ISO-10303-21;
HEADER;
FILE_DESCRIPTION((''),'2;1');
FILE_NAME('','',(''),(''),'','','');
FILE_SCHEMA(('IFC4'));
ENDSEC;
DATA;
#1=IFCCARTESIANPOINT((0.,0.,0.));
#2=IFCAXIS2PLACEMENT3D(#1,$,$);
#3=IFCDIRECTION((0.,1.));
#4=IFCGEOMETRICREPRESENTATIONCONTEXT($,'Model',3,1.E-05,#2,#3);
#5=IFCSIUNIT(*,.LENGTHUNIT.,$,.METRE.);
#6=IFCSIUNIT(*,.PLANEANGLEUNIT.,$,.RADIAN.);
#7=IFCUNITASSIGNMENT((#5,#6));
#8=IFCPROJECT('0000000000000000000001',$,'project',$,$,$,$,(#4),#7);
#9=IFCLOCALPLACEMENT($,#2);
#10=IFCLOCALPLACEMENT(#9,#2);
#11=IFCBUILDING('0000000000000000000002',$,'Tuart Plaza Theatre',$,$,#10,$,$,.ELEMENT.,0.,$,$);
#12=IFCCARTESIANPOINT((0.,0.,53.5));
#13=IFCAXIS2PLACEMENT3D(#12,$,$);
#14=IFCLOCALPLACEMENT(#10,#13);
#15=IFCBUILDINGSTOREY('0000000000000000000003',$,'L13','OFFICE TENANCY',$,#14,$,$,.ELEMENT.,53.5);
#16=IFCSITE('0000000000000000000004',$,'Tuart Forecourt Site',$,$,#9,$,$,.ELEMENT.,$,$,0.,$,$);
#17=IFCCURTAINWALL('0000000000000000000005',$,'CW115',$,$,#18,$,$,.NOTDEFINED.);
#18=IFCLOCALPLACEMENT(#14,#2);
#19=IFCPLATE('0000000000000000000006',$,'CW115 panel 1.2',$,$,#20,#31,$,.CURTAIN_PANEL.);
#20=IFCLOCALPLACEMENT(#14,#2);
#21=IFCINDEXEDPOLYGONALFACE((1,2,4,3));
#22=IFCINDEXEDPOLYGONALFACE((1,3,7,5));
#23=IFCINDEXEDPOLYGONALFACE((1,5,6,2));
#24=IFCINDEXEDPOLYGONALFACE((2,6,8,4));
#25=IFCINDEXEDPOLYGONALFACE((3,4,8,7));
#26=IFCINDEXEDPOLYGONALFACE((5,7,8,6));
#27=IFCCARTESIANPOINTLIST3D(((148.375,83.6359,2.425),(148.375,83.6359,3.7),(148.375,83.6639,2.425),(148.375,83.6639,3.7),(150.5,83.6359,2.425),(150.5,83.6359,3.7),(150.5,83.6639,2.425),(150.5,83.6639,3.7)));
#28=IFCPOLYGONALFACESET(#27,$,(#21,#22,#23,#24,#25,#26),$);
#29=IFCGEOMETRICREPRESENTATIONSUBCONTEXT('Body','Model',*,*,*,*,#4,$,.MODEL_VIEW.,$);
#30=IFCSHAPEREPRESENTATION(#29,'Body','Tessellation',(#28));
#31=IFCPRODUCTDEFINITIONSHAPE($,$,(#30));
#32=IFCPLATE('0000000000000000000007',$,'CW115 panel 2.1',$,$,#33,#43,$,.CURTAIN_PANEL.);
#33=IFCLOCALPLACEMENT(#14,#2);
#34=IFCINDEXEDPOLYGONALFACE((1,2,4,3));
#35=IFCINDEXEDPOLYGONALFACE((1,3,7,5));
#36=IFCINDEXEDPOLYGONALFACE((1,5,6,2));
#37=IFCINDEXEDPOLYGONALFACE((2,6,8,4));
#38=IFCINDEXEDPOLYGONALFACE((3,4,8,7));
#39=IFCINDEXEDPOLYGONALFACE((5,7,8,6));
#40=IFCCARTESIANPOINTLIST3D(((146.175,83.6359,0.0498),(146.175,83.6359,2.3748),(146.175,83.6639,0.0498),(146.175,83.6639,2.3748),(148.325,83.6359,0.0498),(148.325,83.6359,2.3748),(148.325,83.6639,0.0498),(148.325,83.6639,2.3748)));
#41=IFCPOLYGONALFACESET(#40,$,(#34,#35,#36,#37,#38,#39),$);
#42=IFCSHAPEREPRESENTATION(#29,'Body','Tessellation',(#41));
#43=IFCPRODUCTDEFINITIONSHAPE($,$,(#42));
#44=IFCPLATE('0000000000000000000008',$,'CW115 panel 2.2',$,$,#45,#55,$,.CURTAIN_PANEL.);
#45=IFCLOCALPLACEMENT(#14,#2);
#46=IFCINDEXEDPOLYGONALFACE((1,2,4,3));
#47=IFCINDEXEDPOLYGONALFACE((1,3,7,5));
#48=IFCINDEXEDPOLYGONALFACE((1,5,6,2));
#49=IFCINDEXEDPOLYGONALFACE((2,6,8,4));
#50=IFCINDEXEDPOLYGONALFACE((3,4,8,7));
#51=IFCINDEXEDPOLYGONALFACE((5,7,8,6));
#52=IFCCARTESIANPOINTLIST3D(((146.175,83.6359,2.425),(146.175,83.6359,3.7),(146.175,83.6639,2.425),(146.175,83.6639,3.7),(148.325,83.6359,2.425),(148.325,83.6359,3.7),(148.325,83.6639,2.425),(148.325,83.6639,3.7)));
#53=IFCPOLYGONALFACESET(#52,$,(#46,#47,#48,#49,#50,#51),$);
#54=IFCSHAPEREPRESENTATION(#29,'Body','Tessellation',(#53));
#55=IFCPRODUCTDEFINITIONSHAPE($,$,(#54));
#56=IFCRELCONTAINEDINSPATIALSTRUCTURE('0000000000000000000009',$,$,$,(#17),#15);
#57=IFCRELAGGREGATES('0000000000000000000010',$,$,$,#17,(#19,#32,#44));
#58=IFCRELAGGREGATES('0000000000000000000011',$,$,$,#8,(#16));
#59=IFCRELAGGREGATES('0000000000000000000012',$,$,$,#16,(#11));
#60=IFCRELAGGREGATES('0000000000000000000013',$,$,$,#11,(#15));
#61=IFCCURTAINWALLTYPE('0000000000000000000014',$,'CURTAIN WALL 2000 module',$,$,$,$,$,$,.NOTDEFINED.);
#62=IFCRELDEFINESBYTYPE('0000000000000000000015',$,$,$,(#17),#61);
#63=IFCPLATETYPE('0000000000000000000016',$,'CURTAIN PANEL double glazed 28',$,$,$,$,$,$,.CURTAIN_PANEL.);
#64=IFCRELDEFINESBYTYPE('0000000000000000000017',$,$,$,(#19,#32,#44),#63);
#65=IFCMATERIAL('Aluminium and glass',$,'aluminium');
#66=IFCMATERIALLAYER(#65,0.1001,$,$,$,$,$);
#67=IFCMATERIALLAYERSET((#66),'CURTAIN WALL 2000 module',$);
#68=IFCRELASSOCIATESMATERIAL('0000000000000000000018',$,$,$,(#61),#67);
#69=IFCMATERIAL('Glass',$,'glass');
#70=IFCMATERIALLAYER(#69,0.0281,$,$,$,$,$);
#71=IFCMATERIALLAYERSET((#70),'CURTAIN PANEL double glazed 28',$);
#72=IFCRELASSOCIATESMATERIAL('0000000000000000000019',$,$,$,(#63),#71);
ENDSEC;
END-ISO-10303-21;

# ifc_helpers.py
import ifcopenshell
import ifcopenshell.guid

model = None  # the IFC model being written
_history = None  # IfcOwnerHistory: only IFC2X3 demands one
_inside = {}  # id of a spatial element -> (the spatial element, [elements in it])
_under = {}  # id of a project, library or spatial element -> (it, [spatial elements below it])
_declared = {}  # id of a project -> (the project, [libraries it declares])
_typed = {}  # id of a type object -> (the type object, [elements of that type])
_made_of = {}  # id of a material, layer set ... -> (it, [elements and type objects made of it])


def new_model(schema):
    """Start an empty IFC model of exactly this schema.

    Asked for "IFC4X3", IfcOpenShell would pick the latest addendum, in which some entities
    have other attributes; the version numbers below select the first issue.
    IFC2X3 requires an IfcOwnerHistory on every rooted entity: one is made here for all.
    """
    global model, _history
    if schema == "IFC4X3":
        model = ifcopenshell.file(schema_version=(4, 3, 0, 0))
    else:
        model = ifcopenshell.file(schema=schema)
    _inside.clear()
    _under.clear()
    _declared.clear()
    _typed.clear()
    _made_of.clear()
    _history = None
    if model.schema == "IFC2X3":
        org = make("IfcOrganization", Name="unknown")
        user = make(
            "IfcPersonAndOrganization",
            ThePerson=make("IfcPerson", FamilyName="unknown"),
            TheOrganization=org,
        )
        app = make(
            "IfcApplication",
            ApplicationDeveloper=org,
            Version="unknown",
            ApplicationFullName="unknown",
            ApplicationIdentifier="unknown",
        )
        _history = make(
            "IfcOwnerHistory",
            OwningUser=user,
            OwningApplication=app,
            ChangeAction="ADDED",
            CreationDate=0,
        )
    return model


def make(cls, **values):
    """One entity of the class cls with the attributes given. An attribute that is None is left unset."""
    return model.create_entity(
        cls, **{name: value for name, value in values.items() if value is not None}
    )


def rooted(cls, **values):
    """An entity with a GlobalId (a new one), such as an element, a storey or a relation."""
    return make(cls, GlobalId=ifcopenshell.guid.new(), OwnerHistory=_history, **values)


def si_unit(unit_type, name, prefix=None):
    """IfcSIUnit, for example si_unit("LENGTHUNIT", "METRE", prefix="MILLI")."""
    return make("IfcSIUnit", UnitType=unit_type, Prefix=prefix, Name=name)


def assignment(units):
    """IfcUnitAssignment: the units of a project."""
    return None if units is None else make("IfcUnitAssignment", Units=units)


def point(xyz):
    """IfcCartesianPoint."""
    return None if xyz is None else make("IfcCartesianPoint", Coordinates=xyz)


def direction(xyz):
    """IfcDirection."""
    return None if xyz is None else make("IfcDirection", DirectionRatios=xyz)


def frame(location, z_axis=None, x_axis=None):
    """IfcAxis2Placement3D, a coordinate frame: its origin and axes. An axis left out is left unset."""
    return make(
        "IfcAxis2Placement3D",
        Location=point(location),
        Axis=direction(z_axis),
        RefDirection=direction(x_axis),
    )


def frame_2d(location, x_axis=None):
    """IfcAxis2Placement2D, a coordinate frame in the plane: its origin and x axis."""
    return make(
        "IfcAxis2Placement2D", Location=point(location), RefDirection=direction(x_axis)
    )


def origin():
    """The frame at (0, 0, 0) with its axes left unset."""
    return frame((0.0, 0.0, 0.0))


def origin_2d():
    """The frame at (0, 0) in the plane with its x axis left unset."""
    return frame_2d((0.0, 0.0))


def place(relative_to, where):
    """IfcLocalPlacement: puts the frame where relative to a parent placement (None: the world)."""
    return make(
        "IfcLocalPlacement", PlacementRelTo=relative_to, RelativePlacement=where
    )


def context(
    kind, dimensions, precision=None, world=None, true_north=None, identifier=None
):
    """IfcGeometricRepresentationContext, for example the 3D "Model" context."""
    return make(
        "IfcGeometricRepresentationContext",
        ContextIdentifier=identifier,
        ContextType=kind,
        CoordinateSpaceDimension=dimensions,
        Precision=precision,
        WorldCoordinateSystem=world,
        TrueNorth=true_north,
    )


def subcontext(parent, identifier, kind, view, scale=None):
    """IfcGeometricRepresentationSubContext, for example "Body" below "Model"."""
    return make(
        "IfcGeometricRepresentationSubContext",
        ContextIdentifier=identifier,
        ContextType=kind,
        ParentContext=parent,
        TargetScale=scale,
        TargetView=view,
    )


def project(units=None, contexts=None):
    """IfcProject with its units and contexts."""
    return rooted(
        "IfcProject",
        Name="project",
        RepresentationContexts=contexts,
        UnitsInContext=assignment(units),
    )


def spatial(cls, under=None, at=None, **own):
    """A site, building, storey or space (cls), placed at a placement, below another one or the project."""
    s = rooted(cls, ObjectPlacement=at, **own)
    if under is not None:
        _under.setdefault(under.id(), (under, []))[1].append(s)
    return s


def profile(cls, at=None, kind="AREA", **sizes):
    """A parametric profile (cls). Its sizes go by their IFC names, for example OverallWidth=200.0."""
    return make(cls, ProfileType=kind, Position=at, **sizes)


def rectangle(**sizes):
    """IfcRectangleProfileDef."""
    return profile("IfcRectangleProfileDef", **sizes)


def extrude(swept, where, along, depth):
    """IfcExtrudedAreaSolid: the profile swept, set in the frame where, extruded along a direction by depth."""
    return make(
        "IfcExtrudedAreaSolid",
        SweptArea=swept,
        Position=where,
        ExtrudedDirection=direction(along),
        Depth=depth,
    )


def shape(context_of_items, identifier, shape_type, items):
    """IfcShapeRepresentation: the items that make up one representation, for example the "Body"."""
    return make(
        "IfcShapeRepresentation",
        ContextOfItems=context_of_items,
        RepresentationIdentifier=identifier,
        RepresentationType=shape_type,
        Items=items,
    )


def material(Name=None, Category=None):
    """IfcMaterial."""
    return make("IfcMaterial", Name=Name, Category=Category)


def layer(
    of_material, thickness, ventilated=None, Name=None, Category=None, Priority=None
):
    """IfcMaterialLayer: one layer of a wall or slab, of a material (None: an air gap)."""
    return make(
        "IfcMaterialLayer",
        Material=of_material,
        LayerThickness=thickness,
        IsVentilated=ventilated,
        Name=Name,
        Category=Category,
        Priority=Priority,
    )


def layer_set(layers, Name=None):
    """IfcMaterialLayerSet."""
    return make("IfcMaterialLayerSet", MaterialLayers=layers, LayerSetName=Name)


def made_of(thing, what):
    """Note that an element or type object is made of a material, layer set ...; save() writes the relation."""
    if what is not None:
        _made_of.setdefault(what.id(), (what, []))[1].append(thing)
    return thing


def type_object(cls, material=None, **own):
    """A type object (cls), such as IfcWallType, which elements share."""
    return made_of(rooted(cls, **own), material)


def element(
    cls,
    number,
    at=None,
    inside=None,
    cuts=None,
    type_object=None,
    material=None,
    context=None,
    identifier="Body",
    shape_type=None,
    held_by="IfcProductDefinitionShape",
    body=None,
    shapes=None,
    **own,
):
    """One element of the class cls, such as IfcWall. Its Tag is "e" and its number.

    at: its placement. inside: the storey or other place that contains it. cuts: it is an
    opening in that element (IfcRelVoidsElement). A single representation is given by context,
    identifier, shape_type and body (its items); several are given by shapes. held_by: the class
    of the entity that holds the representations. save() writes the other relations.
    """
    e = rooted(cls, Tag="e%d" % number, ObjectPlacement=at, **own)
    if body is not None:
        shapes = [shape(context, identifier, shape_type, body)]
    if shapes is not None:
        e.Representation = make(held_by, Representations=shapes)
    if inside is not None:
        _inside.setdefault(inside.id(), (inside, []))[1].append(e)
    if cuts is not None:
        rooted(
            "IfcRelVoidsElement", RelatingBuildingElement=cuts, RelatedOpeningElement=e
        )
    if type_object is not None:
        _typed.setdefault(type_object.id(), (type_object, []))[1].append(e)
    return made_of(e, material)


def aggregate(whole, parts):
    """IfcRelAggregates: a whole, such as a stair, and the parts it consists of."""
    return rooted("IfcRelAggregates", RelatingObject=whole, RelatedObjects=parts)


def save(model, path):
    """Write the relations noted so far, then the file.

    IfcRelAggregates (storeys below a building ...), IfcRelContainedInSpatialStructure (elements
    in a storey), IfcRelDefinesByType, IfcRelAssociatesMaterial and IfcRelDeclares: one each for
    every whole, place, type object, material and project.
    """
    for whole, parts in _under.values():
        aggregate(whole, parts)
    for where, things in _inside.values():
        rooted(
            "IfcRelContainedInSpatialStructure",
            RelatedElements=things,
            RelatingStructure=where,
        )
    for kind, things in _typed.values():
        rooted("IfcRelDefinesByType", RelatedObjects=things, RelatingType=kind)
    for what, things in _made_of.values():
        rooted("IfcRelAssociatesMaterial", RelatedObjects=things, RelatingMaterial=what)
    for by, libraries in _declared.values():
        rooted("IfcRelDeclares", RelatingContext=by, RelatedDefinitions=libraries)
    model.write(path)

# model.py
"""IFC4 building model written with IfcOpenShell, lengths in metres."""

from ifc_helpers import new_model, si_unit, direction, frame, origin, origin_2d, place, context, subcontext, project, spatial, rectangle, extrude, material, layer, layer_set, type_object, element, aggregate, save


model = new_model("IFC4")

# Units and contexts
model_context = context("Model", 3, precision=1e-05, world=origin(), true_north=direction((0.0, 1.0)))
body_context = subcontext(model_context, "Body", "Model", "MODEL_VIEW")
ifc_project = project(units=[si_unit("LENGTHUNIT", "METRE"), si_unit("PLANEANGLEUNIT", "RADIAN")], contexts=[model_context])

# Site, building, storey
site_placement = place(None, origin())
site = spatial("IfcSite", under=ifc_project, at=site_placement, Name="Tuart Forecourt Site", CompositionType="ELEMENT", RefElevation=0.0)
building_placement = place(site_placement, origin())
building = spatial("IfcBuilding", under=site, at=building_placement, Name="Tuart Plaza Theatre", CompositionType="ELEMENT", ElevationOfRefHeight=0.0)
storey_placement = place(building_placement, frame((0.0, 0.0, 53.5)))
storey = spatial("IfcBuildingStorey", under=building, at=storey_placement, Name="L13", Description="OFFICE TENANCY", CompositionType="ELEMENT", Elevation=53.5)

# Curtain wall
ifc_material_1 = material(Name="Aluminium and glass", Category="aluminium")
ifc_layer_1 = layer(ifc_material_1, 0.1001)
ifc_layer_set_1 = layer_set([ifc_layer_1], Name="CURTAIN WALL 2000 module")
curtain_wall_type = type_object("IfcCurtainWallType", Name="CURTAIN WALL 2000 module", PredefinedType="NOTDEFINED", material=ifc_layer_set_1)
curtain_wall_1_placement = place(storey_placement, origin())
curtain_wall_1 = element("IfcCurtainWall", 1, at=curtain_wall_1_placement, inside=storey, type_object=curtain_wall_type, Name="CW115", PredefinedType="NOTDEFINED")

# Plates
ifc_material_2 = material(Name="Glass", Category="glass")
ifc_layer_2 = layer(ifc_material_2, 0.0281)
ifc_layer_set_2 = layer_set([ifc_layer_2], Name="CURTAIN PANEL double glazed 28")
plate_type = type_object("IfcPlateType", Name="CURTAIN PANEL double glazed 28", PredefinedType="CURTAIN_PANEL", material=ifc_layer_set_2)
plate_1_placement = place(storey_placement, frame((149.4375, 83.6499, 2.425), z_axis=(0.0, 0.0, 1.0), x_axis=(-1.0, 0.0, 0.0)))
plate_1 = element("IfcPlate", 2, at=plate_1_placement, type_object=plate_type, Name="CW115 panel 1.2", PredefinedType="CURTAIN_PANEL", context=body_context, shape_type="SweptSolid", body=[
    extrude(rectangle(XDim=2.125, YDim=0.0281, at=origin_2d()), origin(), (0.0, 0.0, 1.0), 1.2749),
])
plate_2_placement = place(storey_placement, frame((147.25, 83.6499, 0.0498), z_axis=(0.0, 0.0, 1.0), x_axis=(-1.0, 0.0, 0.0)))
plate_2 = element("IfcPlate", 3, at=plate_2_placement, type_object=plate_type, Name="CW115 panel 2.1", PredefinedType="CURTAIN_PANEL", context=body_context, shape_type="SweptSolid", body=[
    extrude(rectangle(XDim=2.1499, YDim=0.0281, at=origin_2d()), origin(), (0.0, 0.0, 1.0), 2.325),
])
plate_3_placement = place(storey_placement, frame((147.25, 83.6499, 2.425), z_axis=(0.0, 0.0, 1.0), x_axis=(-1.0, 0.0, 0.0)))
plate_3 = element("IfcPlate", 4, at=plate_3_placement, type_object=plate_type, Name="CW115 panel 2.2", PredefinedType="CURTAIN_PANEL", context=body_context, shape_type="SweptSolid", body=[
    extrude(rectangle(XDim=2.1499, YDim=0.0281, at=origin_2d()), origin(), (0.0, 0.0, 1.0), 1.2749),
])
aggregate(curtain_wall_1, [plate_1, plate_2, plate_3])

save(model, "model.ifc")
